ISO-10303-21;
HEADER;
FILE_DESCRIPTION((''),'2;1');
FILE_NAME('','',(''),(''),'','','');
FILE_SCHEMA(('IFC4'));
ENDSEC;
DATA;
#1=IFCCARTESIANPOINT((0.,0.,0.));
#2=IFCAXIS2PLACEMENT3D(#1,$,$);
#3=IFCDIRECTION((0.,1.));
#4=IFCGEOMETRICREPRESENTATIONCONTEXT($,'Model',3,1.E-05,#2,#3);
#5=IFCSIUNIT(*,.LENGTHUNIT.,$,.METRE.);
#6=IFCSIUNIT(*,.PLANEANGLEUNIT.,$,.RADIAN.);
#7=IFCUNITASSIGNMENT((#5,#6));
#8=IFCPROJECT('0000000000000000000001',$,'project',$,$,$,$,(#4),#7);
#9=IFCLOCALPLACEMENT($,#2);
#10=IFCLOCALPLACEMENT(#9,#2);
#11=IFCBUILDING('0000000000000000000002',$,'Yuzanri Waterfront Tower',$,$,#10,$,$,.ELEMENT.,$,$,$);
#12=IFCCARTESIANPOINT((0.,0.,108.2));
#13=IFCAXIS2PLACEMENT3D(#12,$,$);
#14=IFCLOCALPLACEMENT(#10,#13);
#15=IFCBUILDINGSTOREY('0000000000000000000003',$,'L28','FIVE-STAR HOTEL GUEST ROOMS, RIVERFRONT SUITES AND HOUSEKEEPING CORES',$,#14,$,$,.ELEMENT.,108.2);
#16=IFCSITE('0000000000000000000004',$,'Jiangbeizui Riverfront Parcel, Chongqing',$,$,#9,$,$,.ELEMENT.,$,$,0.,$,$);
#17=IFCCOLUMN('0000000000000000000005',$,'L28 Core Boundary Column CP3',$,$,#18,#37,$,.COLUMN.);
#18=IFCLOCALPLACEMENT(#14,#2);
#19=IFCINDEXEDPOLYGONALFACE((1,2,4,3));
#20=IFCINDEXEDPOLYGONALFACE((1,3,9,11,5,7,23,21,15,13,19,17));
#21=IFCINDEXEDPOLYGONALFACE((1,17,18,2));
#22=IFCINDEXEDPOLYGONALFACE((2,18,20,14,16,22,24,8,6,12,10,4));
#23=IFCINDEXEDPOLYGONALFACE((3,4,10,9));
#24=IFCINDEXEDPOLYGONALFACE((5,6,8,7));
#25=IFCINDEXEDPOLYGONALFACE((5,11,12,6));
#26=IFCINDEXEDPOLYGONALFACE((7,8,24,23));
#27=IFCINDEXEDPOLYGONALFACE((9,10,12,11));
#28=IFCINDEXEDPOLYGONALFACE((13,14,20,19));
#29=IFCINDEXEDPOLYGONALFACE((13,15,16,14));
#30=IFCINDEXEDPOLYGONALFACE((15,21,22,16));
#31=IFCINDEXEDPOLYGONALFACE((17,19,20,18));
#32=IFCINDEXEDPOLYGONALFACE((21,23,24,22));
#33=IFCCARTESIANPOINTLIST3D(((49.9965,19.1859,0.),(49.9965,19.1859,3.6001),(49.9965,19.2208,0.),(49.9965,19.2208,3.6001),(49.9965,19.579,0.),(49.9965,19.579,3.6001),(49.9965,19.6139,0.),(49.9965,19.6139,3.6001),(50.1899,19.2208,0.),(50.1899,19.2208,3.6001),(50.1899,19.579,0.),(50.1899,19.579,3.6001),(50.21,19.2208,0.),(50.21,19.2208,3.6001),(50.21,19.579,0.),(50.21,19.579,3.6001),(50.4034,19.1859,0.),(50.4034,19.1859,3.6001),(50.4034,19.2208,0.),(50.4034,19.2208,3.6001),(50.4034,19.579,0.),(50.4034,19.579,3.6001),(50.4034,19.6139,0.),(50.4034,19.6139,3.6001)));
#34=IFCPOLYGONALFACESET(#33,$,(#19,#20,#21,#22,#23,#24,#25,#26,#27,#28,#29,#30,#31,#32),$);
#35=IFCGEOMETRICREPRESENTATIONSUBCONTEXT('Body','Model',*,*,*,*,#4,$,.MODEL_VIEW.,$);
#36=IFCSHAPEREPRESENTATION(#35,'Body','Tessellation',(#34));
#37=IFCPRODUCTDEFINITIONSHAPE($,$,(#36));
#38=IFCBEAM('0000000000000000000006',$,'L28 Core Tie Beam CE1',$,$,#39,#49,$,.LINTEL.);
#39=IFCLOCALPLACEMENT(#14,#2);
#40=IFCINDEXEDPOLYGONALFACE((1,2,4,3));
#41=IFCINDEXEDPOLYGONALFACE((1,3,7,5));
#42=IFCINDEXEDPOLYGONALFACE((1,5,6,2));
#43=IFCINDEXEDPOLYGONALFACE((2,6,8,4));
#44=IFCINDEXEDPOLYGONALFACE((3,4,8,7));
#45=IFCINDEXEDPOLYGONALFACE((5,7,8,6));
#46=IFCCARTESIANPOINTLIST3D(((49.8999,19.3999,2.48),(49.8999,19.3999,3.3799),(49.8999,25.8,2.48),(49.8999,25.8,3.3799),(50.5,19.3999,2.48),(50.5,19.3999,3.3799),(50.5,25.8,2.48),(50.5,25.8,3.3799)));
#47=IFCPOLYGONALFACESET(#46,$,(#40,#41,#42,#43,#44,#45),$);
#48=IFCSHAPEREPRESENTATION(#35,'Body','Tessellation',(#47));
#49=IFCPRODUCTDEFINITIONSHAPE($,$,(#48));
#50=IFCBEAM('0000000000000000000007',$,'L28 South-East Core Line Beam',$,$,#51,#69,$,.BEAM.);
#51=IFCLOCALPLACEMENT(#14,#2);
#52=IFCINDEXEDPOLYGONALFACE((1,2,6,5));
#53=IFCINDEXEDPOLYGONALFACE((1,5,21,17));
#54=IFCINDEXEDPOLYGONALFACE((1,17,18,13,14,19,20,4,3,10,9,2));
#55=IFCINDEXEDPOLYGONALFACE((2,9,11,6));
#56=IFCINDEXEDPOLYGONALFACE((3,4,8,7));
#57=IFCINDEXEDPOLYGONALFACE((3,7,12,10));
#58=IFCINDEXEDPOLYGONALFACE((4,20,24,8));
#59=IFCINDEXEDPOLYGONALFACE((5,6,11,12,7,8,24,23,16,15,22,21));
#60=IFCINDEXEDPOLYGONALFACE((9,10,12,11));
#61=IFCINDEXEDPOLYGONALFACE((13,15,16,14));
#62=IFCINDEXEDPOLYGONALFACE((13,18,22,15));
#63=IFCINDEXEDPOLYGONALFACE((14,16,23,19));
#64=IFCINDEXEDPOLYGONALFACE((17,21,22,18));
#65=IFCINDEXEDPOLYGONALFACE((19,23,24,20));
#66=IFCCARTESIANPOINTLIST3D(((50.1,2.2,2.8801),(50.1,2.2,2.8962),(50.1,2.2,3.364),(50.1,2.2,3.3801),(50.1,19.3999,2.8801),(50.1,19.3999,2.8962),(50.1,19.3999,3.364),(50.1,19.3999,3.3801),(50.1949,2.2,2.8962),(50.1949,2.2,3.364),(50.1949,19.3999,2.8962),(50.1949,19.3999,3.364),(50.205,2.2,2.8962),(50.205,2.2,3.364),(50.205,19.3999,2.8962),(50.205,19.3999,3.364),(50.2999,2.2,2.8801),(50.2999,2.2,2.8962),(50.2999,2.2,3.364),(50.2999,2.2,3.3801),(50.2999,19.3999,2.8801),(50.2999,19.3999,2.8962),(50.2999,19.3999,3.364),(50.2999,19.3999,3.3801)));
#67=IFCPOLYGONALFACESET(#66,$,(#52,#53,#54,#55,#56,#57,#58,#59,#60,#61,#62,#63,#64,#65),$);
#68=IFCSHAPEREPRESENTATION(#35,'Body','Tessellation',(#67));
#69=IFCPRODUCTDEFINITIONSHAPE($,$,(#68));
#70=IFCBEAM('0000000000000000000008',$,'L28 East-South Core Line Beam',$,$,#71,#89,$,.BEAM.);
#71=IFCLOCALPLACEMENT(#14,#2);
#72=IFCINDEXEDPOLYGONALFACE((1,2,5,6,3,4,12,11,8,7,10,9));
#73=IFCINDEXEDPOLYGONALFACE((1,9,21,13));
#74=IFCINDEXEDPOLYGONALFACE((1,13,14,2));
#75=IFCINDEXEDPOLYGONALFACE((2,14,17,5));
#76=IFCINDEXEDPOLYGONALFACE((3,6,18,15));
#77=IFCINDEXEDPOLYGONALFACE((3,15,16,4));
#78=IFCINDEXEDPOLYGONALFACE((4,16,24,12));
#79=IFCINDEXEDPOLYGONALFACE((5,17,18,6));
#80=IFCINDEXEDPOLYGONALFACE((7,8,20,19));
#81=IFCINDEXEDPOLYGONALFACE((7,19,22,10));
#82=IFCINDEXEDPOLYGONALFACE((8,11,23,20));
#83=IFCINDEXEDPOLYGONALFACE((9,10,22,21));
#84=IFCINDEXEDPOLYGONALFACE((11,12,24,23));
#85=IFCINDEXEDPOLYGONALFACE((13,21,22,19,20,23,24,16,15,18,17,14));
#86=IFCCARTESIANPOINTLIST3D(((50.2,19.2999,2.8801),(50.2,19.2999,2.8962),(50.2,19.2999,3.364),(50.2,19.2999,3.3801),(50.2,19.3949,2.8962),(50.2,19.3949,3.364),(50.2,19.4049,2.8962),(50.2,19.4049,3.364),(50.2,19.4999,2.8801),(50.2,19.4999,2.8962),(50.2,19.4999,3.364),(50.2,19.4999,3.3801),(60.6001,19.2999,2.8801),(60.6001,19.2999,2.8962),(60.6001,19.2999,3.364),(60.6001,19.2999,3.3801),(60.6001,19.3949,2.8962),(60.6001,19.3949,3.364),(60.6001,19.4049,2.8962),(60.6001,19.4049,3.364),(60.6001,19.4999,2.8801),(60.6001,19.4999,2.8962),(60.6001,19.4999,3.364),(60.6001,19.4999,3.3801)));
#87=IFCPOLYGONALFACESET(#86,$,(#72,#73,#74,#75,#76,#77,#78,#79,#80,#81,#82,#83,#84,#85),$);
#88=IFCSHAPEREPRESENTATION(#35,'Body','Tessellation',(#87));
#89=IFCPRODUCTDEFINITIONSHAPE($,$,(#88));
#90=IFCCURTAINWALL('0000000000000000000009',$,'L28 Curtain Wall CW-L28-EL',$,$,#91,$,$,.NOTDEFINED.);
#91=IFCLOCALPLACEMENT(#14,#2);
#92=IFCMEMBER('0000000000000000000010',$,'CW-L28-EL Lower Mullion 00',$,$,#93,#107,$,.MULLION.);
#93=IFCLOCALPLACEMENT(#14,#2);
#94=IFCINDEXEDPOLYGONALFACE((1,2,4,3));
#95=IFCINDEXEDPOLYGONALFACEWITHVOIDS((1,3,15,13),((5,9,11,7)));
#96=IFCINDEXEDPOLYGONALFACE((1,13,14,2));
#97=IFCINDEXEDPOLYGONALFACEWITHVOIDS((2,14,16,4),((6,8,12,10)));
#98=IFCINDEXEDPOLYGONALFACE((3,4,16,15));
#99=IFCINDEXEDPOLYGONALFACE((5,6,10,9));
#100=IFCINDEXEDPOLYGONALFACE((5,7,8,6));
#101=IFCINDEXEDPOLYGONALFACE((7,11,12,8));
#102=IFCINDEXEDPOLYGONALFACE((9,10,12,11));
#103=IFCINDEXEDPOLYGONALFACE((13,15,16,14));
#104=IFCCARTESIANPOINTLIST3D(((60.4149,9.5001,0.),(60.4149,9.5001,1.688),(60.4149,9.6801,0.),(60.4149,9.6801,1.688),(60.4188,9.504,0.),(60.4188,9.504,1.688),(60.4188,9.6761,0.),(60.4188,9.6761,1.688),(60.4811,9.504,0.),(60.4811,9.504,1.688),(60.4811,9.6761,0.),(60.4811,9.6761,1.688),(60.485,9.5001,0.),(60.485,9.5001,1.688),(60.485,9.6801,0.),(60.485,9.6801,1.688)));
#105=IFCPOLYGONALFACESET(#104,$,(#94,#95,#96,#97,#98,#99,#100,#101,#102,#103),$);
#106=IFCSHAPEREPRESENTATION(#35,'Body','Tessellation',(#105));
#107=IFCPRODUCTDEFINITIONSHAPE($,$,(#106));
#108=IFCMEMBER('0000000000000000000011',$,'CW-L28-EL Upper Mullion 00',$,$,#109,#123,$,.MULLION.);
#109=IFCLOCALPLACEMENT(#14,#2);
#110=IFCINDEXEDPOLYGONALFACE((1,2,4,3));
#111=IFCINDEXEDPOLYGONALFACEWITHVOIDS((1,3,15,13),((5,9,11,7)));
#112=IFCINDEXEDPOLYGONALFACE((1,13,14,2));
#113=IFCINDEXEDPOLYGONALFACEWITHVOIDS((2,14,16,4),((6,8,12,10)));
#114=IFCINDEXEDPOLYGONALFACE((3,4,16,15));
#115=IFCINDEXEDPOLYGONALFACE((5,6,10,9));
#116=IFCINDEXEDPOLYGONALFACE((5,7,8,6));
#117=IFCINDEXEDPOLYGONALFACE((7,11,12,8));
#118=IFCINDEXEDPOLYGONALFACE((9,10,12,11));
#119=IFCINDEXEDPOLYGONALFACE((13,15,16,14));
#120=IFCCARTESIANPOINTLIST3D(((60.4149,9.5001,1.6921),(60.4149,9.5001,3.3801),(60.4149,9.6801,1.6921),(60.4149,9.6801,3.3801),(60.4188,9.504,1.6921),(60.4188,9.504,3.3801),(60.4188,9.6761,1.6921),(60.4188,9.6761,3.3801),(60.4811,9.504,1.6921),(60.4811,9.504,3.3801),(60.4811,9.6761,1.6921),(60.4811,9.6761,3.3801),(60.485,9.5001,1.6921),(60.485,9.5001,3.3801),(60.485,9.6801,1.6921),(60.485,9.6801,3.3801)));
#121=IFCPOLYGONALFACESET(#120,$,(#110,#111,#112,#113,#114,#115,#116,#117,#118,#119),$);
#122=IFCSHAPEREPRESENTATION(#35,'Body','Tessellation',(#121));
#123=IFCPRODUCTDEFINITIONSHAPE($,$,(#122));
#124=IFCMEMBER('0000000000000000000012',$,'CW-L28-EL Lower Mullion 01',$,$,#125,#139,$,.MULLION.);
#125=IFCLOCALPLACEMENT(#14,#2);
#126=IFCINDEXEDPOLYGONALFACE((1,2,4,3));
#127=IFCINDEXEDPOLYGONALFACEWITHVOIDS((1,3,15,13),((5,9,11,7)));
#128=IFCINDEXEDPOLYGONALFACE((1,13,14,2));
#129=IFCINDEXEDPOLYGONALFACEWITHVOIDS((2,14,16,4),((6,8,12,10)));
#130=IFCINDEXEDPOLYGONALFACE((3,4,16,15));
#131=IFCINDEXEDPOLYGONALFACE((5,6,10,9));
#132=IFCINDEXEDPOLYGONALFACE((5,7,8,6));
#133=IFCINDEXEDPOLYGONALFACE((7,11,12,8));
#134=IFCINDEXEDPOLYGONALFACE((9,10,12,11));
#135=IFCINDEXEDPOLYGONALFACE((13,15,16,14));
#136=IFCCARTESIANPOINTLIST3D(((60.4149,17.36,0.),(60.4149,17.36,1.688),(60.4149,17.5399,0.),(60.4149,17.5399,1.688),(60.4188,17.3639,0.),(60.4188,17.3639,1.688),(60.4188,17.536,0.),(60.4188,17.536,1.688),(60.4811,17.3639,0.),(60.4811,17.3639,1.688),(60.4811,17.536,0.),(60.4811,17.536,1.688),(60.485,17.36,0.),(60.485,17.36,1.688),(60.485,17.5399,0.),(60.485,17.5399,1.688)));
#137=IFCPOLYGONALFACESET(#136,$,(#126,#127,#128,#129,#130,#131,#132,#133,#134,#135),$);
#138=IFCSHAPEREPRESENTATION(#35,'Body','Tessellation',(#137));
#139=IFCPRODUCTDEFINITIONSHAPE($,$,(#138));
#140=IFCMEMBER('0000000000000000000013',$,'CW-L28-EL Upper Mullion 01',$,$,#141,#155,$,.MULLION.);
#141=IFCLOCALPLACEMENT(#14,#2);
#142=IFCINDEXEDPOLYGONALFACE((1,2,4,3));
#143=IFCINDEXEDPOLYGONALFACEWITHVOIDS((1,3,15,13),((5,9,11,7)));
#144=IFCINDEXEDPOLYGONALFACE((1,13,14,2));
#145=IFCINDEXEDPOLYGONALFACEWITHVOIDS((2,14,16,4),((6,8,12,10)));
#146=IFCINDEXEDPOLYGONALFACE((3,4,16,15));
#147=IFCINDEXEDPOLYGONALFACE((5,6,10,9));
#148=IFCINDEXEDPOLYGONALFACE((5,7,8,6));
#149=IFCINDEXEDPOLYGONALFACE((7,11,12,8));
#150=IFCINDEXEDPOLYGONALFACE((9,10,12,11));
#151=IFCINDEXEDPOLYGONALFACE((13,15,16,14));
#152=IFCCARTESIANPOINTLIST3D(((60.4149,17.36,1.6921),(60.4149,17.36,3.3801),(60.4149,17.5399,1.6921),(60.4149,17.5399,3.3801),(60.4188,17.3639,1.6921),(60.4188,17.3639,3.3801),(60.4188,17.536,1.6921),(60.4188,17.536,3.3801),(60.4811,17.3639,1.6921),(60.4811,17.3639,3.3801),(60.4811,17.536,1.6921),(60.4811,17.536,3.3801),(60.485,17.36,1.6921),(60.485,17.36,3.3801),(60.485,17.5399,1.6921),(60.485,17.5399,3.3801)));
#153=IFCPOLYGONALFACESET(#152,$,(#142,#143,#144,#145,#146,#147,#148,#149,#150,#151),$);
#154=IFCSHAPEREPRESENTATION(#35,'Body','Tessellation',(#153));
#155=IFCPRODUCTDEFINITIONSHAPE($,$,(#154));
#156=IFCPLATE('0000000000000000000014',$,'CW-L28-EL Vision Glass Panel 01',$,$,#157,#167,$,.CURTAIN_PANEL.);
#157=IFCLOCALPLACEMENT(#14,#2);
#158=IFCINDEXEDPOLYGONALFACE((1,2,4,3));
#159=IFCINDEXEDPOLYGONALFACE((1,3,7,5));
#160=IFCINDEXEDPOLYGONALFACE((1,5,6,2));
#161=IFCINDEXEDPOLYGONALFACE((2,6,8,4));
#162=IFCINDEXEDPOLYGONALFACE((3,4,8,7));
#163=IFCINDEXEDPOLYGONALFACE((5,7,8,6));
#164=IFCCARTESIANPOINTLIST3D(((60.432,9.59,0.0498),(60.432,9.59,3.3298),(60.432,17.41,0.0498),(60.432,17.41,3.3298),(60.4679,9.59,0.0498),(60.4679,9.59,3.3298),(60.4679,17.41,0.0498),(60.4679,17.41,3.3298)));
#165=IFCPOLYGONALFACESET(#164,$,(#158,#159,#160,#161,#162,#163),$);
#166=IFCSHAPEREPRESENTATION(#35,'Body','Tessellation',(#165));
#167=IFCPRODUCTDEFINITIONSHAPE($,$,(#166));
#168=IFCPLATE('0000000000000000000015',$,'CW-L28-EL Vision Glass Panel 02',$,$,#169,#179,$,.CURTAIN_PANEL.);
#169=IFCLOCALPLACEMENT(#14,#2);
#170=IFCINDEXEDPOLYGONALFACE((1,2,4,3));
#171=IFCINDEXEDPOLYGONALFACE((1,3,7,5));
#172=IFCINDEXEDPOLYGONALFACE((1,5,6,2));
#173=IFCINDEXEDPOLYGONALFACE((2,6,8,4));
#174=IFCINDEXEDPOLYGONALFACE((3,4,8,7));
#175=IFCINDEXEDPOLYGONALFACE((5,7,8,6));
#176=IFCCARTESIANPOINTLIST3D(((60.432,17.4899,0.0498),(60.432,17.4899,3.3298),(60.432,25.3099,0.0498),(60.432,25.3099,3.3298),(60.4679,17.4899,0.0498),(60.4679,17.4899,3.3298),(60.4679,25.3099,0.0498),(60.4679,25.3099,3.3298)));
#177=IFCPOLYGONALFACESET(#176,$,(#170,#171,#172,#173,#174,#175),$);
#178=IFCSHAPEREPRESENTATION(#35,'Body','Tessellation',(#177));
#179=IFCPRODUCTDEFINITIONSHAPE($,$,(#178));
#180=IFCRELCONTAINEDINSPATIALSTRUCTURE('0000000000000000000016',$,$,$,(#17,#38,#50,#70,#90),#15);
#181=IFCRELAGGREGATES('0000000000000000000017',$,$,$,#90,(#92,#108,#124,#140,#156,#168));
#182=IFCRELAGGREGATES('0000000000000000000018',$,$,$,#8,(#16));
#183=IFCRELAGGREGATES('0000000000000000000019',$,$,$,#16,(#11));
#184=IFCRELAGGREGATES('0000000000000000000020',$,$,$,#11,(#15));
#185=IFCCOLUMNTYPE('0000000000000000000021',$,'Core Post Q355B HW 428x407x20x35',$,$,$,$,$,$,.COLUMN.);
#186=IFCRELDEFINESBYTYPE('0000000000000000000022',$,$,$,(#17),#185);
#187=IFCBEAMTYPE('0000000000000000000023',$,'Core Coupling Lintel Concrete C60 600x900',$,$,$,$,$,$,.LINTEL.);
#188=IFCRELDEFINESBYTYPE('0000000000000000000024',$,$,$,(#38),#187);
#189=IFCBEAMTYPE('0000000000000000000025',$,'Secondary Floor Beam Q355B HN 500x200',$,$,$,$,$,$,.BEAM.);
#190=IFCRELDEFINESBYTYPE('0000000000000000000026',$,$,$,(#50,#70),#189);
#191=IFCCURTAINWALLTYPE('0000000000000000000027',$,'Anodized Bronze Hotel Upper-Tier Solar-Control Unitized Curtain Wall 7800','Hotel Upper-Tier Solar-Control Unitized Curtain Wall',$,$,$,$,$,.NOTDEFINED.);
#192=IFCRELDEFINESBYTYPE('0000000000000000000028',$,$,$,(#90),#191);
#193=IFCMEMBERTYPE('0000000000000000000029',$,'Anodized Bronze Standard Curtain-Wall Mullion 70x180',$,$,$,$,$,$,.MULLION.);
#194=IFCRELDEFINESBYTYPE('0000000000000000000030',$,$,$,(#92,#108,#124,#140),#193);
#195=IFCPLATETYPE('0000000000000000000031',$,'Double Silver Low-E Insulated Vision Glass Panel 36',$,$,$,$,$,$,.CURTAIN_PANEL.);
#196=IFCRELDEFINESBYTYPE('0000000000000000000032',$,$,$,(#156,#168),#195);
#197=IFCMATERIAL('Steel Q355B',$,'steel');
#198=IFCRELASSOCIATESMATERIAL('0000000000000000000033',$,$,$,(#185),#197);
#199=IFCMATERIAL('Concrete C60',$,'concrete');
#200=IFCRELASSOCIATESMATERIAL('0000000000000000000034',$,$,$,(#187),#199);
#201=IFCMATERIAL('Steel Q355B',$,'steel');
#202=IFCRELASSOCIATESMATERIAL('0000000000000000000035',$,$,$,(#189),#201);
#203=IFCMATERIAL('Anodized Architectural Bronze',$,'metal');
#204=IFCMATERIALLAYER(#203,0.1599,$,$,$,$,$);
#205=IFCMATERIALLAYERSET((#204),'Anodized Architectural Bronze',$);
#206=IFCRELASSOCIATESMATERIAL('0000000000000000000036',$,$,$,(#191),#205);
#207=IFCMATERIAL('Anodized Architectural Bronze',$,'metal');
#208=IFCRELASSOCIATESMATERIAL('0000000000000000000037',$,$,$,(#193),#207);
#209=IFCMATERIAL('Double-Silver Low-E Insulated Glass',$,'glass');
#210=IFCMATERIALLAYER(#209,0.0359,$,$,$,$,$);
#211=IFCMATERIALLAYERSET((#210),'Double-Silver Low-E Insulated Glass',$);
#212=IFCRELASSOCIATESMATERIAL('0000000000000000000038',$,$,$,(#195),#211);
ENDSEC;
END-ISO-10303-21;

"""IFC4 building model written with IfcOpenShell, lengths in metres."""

from ifc_helpers import new_model, si_unit, direction, frame, origin, origin_2d, place, context, subcontext, project, spatial, rectangle, hollow_rectangle, i_section, extrude, source, transform, mapped, material, layer, layer_set, material_profile, profile_set, type_object, element, aggregate, save


model = new_model("IFC4")

# Units and contexts
model_context = context("Model", 3, precision=1e-05, world=origin(), true_north=direction((0.0, 1.0)))
body_context = subcontext(model_context, "Body", "Model", "MODEL_VIEW")
ifc_project = project(units=[si_unit("LENGTHUNIT", "METRE"), si_unit("PLANEANGLEUNIT", "RADIAN")], contexts=[model_context])

# Site, building, storey
site_placement = place(None, origin())
site = spatial("IfcSite", under=ifc_project, at=site_placement, Name="Jiangbeizui Riverfront Parcel, Chongqing", CompositionType="ELEMENT", RefElevation=0.0)
building_placement = place(site_placement, origin())
building = spatial("IfcBuilding", under=site, at=building_placement, Name="Yuzanri Waterfront Tower", CompositionType="ELEMENT")
storey_placement = place(building_placement, frame((0.0, 0.0, 108.2)))
storey = spatial("IfcBuildingStorey", under=building, at=storey_placement, Name="L28", Description="FIVE-STAR HOTEL GUEST ROOMS, RIVERFRONT SUITES AND HOUSEKEEPING CORES", CompositionType="ELEMENT", Elevation=108.2)

# Column
ifc_material_1 = material(Name="Steel Q355B", Category="steel")
ifc_material_profile_1 = material_profile(ifc_material_1, i_section(OverallWidth=0.407, OverallDepth=0.428, WebThickness=0.02, FlangeThickness=0.0349, at=origin_2d()), Name="HW 428x407x20x35")
ifc_profile_set_1 = profile_set([ifc_material_profile_1], Name="Steel Q355B")
column_type = type_object("IfcColumnType", Name="Core Post Q355B HW 428x407x20x35", PredefinedType="COLUMN", material=ifc_profile_set_1)
shared_shape_1 = source(origin(), body_context, "Body", "SweptSolid", [
    extrude(i_section(OverallWidth=0.407, OverallDepth=0.428, WebThickness=0.02, FlangeThickness=0.0349, at=origin_2d()), origin(), (0.0, 0.0, 1.0), 3.6001),
])
column_placement = place(storey_placement, frame((50.2, 19.3999, 0.0), z_axis=(0.0, 0.0, 1.0), x_axis=(1.0, 0.0, 0.0)))
element("IfcColumn", 1, at=column_placement, inside=storey, type_object=column_type, Name="L28 Core Boundary Column CP3", PredefinedType="COLUMN", context=body_context, shape_type="MappedRepresentation", body=[
    mapped(shared_shape_1, transform((0.0, 0.0, 0.0), scale=1.0)),
])

# Beams
ifc_material_2 = material(Name="Concrete C60", Category="concrete")
ifc_material_profile_2 = material_profile(ifc_material_2, rectangle(XDim=0.6001, YDim=0.8999, at=origin_2d()), Name="RC 600x900")
ifc_profile_set_2 = profile_set([ifc_material_profile_2], Name="Concrete C60")
beam_type_1 = type_object("IfcBeamType", Name="Core Coupling Lintel Concrete C60 600x900", PredefinedType="LINTEL", material=ifc_profile_set_2)
shared_shape_2 = source(origin(), body_context, "Body", "SweptSolid", [
    extrude(rectangle(XDim=0.6001, YDim=0.8999, at=origin_2d()), origin(), (0.0, 0.0, 1.0), 6.4001),
])
beam_1_placement = place(storey_placement, frame((50.2, 19.3999, 2.9299), z_axis=(0.0, 1.0, 0.0), x_axis=(-1.0, 0.0, 0.0)))
element("IfcBeam", 2, at=beam_1_placement, inside=storey, type_object=beam_type_1, Name="L28 Core Tie Beam CE1", PredefinedType="LINTEL", context=body_context, shape_type="MappedRepresentation", body=[
    mapped(shared_shape_2, transform((0.0, 0.0, 0.0), scale=1.0)),
])
ifc_material_3 = material(Name="Steel Q355B", Category="steel")
ifc_material_profile_3 = material_profile(ifc_material_3, i_section(OverallWidth=0.2, OverallDepth=0.5, WebThickness=0.01, FlangeThickness=0.0161, at=origin_2d()), Name="HN 500x200x10x16")
ifc_profile_set_3 = profile_set([ifc_material_profile_3], Name="Steel Q355B")
beam_type_2 = type_object("IfcBeamType", Name="Secondary Floor Beam Q355B HN 500x200", PredefinedType="BEAM", material=ifc_profile_set_3)
shared_shape_3 = source(origin(), body_context, "Body", "SweptSolid", [
    extrude(i_section(OverallWidth=0.2, OverallDepth=0.5, WebThickness=0.01, FlangeThickness=0.0161, at=origin_2d()), origin(), (0.0, 0.0, 1.0), 17.2),
])
beam_2_placement = place(storey_placement, frame((50.2, 19.3999, 3.1301), z_axis=(0.0, -1.0, 0.0), x_axis=(1.0, 0.0, 0.0)))
element("IfcBeam", 3, at=beam_2_placement, inside=storey, type_object=beam_type_2, Name="L28 South-East Core Line Beam", PredefinedType="BEAM", context=body_context, shape_type="MappedRepresentation", body=[
    mapped(shared_shape_3, transform((0.0, 0.0, 0.0), scale=1.0)),
])
shared_shape_4 = source(origin(), body_context, "Body", "SweptSolid", [
    extrude(i_section(OverallWidth=0.2, OverallDepth=0.5, WebThickness=0.01, FlangeThickness=0.0161, at=origin_2d()), origin(), (0.0, 0.0, 1.0), 10.4001),
])
beam_3_placement = place(storey_placement, frame((50.2, 19.3999, 3.1301), z_axis=(1.0, 0.0, 0.0), x_axis=(0.0, 1.0, 0.0)))
element("IfcBeam", 4, at=beam_3_placement, inside=storey, type_object=beam_type_2, Name="L28 East-South Core Line Beam", PredefinedType="BEAM", context=body_context, shape_type="MappedRepresentation", body=[
    mapped(shared_shape_4, transform((0.0, 0.0, 0.0), scale=1.0)),
])

# Curtain wall, members, plates
ifc_material_4 = material(Name="Anodized Architectural Bronze", Category="metal")
ifc_layer_1 = layer(ifc_material_4, 0.1599)
ifc_layer_set_1 = layer_set([ifc_layer_1], Name="Anodized Architectural Bronze")
curtain_wall_type = type_object("IfcCurtainWallType", Name="Anodized Bronze Hotel Upper-Tier Solar-Control Unitized Curtain Wall 7800", Description="Hotel Upper-Tier Solar-Control Unitized Curtain Wall", PredefinedType="NOTDEFINED", material=ifc_layer_set_1)
curtain_wall_placement = place(storey_placement, origin())
curtain_wall = element("IfcCurtainWall", 5, at=curtain_wall_placement, inside=storey, type_object=curtain_wall_type, Name="L28 Curtain Wall CW-L28-EL", PredefinedType="NOTDEFINED")
ifc_material_5 = material(Name="Anodized Architectural Bronze", Category="metal")
ifc_material_profile_4 = material_profile(ifc_material_5, hollow_rectangle(XDim=0.0701, YDim=0.1799, WallThickness=0.0039, at=origin_2d()), Name="CWM 70x180")
ifc_profile_set_4 = profile_set([ifc_material_profile_4], Name="Anodized Architectural Bronze")
member_type = type_object("IfcMemberType", Name="Anodized Bronze Standard Curtain-Wall Mullion 70x180", PredefinedType="MULLION", material=ifc_profile_set_4)
shared_shape_5 = source(origin(), body_context, "Body", "SweptSolid", [
    extrude(hollow_rectangle(XDim=0.0701, YDim=0.1799, WallThickness=0.0039, at=origin_2d()), origin(), (0.0, 0.0, 1.0), 1.688),
])
member_1_placement = place(storey_placement, frame((60.45, 9.5901, 0.0), z_axis=(0.0, 0.0, 1.0), x_axis=(1.0, 0.0, 0.0)))
member_1 = element("IfcMember", 6, at=member_1_placement, type_object=member_type, Name="CW-L28-EL Lower Mullion 00", PredefinedType="MULLION", context=body_context, shape_type="MappedRepresentation", body=[
    mapped(shared_shape_5, transform((0.0, 0.0, 0.0), scale=1.0)),
])
member_2_placement = place(storey_placement, frame((60.45, 9.5901, 1.6921), z_axis=(0.0, 0.0, 1.0), x_axis=(1.0, 0.0, 0.0)))
member_2 = element("IfcMember", 7, at=member_2_placement, type_object=member_type, Name="CW-L28-EL Upper Mullion 00", PredefinedType="MULLION", context=body_context, shape_type="MappedRepresentation", body=[
    mapped(shared_shape_5, transform((0.0, 0.0, 0.0), scale=1.0)),
])
member_3_placement = place(storey_placement, frame((60.45, 17.45, 0.0), z_axis=(0.0, 0.0, 1.0), x_axis=(1.0, 0.0, 0.0)))
member_3 = element("IfcMember", 8, at=member_3_placement, type_object=member_type, Name="CW-L28-EL Lower Mullion 01", PredefinedType="MULLION", context=body_context, shape_type="MappedRepresentation", body=[
    mapped(shared_shape_5, transform((0.0, 0.0, 0.0), scale=1.0)),
])
member_4_placement = place(storey_placement, frame((60.45, 17.45, 1.6921), z_axis=(0.0, 0.0, 1.0), x_axis=(1.0, 0.0, 0.0)))
member_4 = element("IfcMember", 9, at=member_4_placement, type_object=member_type, Name="CW-L28-EL Upper Mullion 01", PredefinedType="MULLION", context=body_context, shape_type="MappedRepresentation", body=[
    mapped(shared_shape_5, transform((0.0, 0.0, 0.0), scale=1.0)),
])
ifc_material_6 = material(Name="Double-Silver Low-E Insulated Glass", Category="glass")
ifc_layer_2 = layer(ifc_material_6, 0.0359)
ifc_layer_set_2 = layer_set([ifc_layer_2], Name="Double-Silver Low-E Insulated Glass")
plate_type = type_object("IfcPlateType", Name="Double Silver Low-E Insulated Vision Glass Panel 36", PredefinedType="CURTAIN_PANEL", material=ifc_layer_set_2)
shared_shape_6 = source(origin(), body_context, "Body", "SweptSolid", [
    extrude(rectangle(XDim=7.8201, YDim=0.0359, at=origin_2d()), origin(), (0.0, 0.0, 1.0), 3.28),
])
plate_1_placement = place(storey_placement, frame((60.45, 13.5, 0.0498), z_axis=(0.0, 0.0, 1.0), x_axis=(0.0, 1.0, 0.0)))
plate_1 = element("IfcPlate", 10, at=plate_1_placement, type_object=plate_type, Name="CW-L28-EL Vision Glass Panel 01", PredefinedType="CURTAIN_PANEL", context=body_context, shape_type="MappedRepresentation", body=[
    mapped(shared_shape_6, transform((0.0, 0.0, 0.0), scale=1.0)),
])
plate_2_placement = place(storey_placement, frame((60.45, 21.3999, 0.0498), z_axis=(0.0, 0.0, 1.0), x_axis=(0.0, 1.0, 0.0)))
plate_2 = element("IfcPlate", 11, at=plate_2_placement, type_object=plate_type, Name="CW-L28-EL Vision Glass Panel 02", PredefinedType="CURTAIN_PANEL", context=body_context, shape_type="MappedRepresentation", body=[
    mapped(shared_shape_6, transform((0.0, 0.0, 0.0), scale=1.0)),
])
aggregate(curtain_wall, [member_1, member_2, member_3, member_4, plate_1, plate_2])

save(model, "model.ifc")
